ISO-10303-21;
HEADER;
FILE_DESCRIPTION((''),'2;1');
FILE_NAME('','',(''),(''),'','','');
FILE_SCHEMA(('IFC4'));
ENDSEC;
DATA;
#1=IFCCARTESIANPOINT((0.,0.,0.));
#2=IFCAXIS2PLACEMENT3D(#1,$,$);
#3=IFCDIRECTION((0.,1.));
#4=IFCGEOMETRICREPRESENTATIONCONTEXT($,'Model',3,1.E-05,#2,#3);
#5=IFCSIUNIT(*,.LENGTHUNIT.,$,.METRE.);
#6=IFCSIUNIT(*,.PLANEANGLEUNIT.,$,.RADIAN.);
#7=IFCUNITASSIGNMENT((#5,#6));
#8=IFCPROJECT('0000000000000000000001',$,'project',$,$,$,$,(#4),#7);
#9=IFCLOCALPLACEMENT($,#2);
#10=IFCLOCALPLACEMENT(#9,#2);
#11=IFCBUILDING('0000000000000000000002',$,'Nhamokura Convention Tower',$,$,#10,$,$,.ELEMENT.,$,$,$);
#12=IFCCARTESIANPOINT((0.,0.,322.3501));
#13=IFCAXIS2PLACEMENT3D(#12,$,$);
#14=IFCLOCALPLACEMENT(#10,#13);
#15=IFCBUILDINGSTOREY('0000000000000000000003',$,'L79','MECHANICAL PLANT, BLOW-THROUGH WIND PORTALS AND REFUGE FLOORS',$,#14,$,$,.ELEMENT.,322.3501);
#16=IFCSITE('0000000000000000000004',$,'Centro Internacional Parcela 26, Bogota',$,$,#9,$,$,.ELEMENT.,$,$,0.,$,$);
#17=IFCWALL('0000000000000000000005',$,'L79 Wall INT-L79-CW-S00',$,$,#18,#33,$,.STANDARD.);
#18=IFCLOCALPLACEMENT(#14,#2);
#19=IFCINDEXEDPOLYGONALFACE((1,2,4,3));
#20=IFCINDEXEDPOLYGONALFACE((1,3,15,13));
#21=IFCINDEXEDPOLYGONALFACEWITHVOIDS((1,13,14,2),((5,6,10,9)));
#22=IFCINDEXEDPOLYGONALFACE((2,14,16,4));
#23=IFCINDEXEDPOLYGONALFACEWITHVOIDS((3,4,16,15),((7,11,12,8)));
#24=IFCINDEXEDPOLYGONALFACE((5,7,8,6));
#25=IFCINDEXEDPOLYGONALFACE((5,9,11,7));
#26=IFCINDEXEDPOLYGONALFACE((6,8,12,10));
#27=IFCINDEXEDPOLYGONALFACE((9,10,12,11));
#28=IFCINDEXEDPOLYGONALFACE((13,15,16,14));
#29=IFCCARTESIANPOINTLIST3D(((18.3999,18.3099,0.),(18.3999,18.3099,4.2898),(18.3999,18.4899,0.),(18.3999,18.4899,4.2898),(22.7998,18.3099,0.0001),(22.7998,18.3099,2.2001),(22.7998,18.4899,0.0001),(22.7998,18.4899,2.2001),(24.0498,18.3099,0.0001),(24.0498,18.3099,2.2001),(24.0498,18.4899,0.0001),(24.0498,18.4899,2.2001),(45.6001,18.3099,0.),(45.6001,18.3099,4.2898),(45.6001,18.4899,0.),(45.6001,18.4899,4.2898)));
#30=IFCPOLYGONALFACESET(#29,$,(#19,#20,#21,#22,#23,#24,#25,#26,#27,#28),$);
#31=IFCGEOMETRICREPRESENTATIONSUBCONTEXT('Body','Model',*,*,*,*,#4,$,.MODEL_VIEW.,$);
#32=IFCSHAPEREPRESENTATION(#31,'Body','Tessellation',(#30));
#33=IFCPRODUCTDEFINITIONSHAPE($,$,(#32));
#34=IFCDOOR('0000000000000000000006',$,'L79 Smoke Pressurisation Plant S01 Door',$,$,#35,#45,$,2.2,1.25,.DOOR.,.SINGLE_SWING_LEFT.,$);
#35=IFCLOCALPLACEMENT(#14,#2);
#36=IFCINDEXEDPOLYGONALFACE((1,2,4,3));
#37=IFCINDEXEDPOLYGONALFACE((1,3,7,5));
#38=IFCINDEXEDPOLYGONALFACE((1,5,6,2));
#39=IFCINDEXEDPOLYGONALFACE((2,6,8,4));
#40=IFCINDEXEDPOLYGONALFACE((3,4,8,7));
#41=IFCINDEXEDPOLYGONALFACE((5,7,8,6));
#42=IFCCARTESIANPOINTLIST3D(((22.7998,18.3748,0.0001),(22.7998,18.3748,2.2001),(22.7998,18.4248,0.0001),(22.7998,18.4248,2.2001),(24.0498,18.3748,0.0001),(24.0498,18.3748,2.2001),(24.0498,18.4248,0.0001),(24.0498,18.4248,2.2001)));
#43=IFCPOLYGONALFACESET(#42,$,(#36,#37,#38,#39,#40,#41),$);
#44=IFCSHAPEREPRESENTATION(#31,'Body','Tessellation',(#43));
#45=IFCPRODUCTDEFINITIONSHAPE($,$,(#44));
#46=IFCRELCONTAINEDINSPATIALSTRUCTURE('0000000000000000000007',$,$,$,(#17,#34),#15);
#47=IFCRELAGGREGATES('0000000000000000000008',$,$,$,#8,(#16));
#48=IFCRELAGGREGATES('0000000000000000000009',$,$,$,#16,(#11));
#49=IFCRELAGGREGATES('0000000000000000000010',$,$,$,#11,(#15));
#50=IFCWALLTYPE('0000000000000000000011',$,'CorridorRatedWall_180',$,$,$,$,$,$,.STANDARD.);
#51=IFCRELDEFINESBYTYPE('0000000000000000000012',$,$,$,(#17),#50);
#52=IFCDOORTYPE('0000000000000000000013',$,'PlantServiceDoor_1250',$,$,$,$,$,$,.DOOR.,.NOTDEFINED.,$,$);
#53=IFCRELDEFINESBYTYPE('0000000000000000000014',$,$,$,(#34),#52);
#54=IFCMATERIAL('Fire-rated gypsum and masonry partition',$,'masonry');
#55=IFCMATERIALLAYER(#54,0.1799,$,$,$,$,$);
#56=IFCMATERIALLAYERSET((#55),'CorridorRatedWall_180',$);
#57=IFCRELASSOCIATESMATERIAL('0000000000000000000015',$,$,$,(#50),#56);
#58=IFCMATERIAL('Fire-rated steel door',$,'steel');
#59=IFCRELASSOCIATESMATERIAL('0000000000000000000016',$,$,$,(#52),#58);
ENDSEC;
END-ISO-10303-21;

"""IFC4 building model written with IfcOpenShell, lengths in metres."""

from ifc_helpers import new_model, si_unit, direction, frame, frame_2d, origin, place, context, subcontext, project, spatial, rectangle, extrude, material, layer, layer_set, type_object, element, fill, save


model = new_model("IFC4")

# Units and contexts
model_context = context("Model", 3, precision=1e-05, world=origin(), true_north=direction((0.0, 1.0)))
body_context = subcontext(model_context, "Body", "Model", "MODEL_VIEW")
ifc_project = project(units=[si_unit("LENGTHUNIT", "METRE"), si_unit("PLANEANGLEUNIT", "RADIAN")], contexts=[model_context])

# Site, building, storey
site_placement = place(None, origin())
site = spatial("IfcSite", under=ifc_project, at=site_placement, Name="Centro Internacional Parcela 26, Bogota", CompositionType="ELEMENT", RefElevation=0.0)
building_placement = place(site_placement, origin())
building = spatial("IfcBuilding", under=site, at=building_placement, Name="Nhamokura Convention Tower", CompositionType="ELEMENT")
storey_placement = place(building_placement, frame((0.0, 0.0, 322.3501)))
storey = spatial("IfcBuildingStorey", under=building, at=storey_placement, Name="L79", Description="MECHANICAL PLANT, BLOW-THROUGH WIND PORTALS AND REFUGE FLOORS", CompositionType="ELEMENT", Elevation=322.3501)

# Wall, opening, door
ifc_material_1 = material(Name="Fire-rated gypsum and masonry partition", Category="masonry")
ifc_layer_1 = layer(ifc_material_1, 0.1799)
ifc_layer_set_1 = layer_set([ifc_layer_1], Name="CorridorRatedWall_180")
wall_type_1 = type_object("IfcWallType", Name="CorridorRatedWall_180", PredefinedType="STANDARD", material=ifc_layer_set_1)
wall_1_placement = place(storey_placement, frame((18.3999, 18.3999, 0.0), z_axis=(0.0, 0.0, 1.0), x_axis=(1.0, 0.0, 0.0)))
wall_1 = element("IfcWall", 1, at=wall_1_placement, inside=storey, type_object=wall_type_1, Name="L79 Wall INT-L79-CW-S00", PredefinedType="STANDARD", context=body_context, shape_type="SweptSolid", body=[
    extrude(rectangle(XDim=27.2002, YDim=0.1799, at=frame_2d((13.6001, 0.0))), origin(), (0.0, 0.0, 1.0), 4.2898),
])
opening_placement = place(wall_1_placement, frame((4.3999, 0.0, 0.0)))
opening = element("IfcOpeningElement", 2, at=opening_placement, cuts=wall_1, PredefinedType="OPENING", context=body_context, shape_type="SweptSolid", body=[
    extrude(rectangle(XDim=1.25, YDim=2.2, at=frame_2d((0.625, 1.1001))), frame((0.0, 0.0999, 0.0), z_axis=(0.0, -1.0, 0.0), x_axis=(1.0, 0.0, 0.0)), (0.0, 0.0, 1.0), 0.2),
])
ifc_material_2 = material(Name="Fire-rated steel door", Category="steel")
door_type = type_object("IfcDoorType", Name="PlantServiceDoor_1250", OperationType="NOTDEFINED", PredefinedType="DOOR", material=ifc_material_2)
door_placement = place(opening_placement, origin())
door = element("IfcDoor", 3, at=door_placement, inside=storey, type_object=door_type, Name="L79 Smoke Pressurisation Plant S01 Door", OperationType="SINGLE_SWING_LEFT", OverallHeight=2.2, OverallWidth=1.25, PredefinedType="DOOR", context=body_context, shape_type="SweptSolid", body=[
    extrude(rectangle(XDim=1.25, YDim=2.2, at=frame_2d((0.625, 1.1001))), frame((0.0, 0.0249, 0.0), z_axis=(0.0, -1.0, 0.0), x_axis=(1.0, 0.0, 0.0)), (0.0, 0.0, 1.0), 0.05),
])
fill(opening, door)

save(model, "model.ifc")
